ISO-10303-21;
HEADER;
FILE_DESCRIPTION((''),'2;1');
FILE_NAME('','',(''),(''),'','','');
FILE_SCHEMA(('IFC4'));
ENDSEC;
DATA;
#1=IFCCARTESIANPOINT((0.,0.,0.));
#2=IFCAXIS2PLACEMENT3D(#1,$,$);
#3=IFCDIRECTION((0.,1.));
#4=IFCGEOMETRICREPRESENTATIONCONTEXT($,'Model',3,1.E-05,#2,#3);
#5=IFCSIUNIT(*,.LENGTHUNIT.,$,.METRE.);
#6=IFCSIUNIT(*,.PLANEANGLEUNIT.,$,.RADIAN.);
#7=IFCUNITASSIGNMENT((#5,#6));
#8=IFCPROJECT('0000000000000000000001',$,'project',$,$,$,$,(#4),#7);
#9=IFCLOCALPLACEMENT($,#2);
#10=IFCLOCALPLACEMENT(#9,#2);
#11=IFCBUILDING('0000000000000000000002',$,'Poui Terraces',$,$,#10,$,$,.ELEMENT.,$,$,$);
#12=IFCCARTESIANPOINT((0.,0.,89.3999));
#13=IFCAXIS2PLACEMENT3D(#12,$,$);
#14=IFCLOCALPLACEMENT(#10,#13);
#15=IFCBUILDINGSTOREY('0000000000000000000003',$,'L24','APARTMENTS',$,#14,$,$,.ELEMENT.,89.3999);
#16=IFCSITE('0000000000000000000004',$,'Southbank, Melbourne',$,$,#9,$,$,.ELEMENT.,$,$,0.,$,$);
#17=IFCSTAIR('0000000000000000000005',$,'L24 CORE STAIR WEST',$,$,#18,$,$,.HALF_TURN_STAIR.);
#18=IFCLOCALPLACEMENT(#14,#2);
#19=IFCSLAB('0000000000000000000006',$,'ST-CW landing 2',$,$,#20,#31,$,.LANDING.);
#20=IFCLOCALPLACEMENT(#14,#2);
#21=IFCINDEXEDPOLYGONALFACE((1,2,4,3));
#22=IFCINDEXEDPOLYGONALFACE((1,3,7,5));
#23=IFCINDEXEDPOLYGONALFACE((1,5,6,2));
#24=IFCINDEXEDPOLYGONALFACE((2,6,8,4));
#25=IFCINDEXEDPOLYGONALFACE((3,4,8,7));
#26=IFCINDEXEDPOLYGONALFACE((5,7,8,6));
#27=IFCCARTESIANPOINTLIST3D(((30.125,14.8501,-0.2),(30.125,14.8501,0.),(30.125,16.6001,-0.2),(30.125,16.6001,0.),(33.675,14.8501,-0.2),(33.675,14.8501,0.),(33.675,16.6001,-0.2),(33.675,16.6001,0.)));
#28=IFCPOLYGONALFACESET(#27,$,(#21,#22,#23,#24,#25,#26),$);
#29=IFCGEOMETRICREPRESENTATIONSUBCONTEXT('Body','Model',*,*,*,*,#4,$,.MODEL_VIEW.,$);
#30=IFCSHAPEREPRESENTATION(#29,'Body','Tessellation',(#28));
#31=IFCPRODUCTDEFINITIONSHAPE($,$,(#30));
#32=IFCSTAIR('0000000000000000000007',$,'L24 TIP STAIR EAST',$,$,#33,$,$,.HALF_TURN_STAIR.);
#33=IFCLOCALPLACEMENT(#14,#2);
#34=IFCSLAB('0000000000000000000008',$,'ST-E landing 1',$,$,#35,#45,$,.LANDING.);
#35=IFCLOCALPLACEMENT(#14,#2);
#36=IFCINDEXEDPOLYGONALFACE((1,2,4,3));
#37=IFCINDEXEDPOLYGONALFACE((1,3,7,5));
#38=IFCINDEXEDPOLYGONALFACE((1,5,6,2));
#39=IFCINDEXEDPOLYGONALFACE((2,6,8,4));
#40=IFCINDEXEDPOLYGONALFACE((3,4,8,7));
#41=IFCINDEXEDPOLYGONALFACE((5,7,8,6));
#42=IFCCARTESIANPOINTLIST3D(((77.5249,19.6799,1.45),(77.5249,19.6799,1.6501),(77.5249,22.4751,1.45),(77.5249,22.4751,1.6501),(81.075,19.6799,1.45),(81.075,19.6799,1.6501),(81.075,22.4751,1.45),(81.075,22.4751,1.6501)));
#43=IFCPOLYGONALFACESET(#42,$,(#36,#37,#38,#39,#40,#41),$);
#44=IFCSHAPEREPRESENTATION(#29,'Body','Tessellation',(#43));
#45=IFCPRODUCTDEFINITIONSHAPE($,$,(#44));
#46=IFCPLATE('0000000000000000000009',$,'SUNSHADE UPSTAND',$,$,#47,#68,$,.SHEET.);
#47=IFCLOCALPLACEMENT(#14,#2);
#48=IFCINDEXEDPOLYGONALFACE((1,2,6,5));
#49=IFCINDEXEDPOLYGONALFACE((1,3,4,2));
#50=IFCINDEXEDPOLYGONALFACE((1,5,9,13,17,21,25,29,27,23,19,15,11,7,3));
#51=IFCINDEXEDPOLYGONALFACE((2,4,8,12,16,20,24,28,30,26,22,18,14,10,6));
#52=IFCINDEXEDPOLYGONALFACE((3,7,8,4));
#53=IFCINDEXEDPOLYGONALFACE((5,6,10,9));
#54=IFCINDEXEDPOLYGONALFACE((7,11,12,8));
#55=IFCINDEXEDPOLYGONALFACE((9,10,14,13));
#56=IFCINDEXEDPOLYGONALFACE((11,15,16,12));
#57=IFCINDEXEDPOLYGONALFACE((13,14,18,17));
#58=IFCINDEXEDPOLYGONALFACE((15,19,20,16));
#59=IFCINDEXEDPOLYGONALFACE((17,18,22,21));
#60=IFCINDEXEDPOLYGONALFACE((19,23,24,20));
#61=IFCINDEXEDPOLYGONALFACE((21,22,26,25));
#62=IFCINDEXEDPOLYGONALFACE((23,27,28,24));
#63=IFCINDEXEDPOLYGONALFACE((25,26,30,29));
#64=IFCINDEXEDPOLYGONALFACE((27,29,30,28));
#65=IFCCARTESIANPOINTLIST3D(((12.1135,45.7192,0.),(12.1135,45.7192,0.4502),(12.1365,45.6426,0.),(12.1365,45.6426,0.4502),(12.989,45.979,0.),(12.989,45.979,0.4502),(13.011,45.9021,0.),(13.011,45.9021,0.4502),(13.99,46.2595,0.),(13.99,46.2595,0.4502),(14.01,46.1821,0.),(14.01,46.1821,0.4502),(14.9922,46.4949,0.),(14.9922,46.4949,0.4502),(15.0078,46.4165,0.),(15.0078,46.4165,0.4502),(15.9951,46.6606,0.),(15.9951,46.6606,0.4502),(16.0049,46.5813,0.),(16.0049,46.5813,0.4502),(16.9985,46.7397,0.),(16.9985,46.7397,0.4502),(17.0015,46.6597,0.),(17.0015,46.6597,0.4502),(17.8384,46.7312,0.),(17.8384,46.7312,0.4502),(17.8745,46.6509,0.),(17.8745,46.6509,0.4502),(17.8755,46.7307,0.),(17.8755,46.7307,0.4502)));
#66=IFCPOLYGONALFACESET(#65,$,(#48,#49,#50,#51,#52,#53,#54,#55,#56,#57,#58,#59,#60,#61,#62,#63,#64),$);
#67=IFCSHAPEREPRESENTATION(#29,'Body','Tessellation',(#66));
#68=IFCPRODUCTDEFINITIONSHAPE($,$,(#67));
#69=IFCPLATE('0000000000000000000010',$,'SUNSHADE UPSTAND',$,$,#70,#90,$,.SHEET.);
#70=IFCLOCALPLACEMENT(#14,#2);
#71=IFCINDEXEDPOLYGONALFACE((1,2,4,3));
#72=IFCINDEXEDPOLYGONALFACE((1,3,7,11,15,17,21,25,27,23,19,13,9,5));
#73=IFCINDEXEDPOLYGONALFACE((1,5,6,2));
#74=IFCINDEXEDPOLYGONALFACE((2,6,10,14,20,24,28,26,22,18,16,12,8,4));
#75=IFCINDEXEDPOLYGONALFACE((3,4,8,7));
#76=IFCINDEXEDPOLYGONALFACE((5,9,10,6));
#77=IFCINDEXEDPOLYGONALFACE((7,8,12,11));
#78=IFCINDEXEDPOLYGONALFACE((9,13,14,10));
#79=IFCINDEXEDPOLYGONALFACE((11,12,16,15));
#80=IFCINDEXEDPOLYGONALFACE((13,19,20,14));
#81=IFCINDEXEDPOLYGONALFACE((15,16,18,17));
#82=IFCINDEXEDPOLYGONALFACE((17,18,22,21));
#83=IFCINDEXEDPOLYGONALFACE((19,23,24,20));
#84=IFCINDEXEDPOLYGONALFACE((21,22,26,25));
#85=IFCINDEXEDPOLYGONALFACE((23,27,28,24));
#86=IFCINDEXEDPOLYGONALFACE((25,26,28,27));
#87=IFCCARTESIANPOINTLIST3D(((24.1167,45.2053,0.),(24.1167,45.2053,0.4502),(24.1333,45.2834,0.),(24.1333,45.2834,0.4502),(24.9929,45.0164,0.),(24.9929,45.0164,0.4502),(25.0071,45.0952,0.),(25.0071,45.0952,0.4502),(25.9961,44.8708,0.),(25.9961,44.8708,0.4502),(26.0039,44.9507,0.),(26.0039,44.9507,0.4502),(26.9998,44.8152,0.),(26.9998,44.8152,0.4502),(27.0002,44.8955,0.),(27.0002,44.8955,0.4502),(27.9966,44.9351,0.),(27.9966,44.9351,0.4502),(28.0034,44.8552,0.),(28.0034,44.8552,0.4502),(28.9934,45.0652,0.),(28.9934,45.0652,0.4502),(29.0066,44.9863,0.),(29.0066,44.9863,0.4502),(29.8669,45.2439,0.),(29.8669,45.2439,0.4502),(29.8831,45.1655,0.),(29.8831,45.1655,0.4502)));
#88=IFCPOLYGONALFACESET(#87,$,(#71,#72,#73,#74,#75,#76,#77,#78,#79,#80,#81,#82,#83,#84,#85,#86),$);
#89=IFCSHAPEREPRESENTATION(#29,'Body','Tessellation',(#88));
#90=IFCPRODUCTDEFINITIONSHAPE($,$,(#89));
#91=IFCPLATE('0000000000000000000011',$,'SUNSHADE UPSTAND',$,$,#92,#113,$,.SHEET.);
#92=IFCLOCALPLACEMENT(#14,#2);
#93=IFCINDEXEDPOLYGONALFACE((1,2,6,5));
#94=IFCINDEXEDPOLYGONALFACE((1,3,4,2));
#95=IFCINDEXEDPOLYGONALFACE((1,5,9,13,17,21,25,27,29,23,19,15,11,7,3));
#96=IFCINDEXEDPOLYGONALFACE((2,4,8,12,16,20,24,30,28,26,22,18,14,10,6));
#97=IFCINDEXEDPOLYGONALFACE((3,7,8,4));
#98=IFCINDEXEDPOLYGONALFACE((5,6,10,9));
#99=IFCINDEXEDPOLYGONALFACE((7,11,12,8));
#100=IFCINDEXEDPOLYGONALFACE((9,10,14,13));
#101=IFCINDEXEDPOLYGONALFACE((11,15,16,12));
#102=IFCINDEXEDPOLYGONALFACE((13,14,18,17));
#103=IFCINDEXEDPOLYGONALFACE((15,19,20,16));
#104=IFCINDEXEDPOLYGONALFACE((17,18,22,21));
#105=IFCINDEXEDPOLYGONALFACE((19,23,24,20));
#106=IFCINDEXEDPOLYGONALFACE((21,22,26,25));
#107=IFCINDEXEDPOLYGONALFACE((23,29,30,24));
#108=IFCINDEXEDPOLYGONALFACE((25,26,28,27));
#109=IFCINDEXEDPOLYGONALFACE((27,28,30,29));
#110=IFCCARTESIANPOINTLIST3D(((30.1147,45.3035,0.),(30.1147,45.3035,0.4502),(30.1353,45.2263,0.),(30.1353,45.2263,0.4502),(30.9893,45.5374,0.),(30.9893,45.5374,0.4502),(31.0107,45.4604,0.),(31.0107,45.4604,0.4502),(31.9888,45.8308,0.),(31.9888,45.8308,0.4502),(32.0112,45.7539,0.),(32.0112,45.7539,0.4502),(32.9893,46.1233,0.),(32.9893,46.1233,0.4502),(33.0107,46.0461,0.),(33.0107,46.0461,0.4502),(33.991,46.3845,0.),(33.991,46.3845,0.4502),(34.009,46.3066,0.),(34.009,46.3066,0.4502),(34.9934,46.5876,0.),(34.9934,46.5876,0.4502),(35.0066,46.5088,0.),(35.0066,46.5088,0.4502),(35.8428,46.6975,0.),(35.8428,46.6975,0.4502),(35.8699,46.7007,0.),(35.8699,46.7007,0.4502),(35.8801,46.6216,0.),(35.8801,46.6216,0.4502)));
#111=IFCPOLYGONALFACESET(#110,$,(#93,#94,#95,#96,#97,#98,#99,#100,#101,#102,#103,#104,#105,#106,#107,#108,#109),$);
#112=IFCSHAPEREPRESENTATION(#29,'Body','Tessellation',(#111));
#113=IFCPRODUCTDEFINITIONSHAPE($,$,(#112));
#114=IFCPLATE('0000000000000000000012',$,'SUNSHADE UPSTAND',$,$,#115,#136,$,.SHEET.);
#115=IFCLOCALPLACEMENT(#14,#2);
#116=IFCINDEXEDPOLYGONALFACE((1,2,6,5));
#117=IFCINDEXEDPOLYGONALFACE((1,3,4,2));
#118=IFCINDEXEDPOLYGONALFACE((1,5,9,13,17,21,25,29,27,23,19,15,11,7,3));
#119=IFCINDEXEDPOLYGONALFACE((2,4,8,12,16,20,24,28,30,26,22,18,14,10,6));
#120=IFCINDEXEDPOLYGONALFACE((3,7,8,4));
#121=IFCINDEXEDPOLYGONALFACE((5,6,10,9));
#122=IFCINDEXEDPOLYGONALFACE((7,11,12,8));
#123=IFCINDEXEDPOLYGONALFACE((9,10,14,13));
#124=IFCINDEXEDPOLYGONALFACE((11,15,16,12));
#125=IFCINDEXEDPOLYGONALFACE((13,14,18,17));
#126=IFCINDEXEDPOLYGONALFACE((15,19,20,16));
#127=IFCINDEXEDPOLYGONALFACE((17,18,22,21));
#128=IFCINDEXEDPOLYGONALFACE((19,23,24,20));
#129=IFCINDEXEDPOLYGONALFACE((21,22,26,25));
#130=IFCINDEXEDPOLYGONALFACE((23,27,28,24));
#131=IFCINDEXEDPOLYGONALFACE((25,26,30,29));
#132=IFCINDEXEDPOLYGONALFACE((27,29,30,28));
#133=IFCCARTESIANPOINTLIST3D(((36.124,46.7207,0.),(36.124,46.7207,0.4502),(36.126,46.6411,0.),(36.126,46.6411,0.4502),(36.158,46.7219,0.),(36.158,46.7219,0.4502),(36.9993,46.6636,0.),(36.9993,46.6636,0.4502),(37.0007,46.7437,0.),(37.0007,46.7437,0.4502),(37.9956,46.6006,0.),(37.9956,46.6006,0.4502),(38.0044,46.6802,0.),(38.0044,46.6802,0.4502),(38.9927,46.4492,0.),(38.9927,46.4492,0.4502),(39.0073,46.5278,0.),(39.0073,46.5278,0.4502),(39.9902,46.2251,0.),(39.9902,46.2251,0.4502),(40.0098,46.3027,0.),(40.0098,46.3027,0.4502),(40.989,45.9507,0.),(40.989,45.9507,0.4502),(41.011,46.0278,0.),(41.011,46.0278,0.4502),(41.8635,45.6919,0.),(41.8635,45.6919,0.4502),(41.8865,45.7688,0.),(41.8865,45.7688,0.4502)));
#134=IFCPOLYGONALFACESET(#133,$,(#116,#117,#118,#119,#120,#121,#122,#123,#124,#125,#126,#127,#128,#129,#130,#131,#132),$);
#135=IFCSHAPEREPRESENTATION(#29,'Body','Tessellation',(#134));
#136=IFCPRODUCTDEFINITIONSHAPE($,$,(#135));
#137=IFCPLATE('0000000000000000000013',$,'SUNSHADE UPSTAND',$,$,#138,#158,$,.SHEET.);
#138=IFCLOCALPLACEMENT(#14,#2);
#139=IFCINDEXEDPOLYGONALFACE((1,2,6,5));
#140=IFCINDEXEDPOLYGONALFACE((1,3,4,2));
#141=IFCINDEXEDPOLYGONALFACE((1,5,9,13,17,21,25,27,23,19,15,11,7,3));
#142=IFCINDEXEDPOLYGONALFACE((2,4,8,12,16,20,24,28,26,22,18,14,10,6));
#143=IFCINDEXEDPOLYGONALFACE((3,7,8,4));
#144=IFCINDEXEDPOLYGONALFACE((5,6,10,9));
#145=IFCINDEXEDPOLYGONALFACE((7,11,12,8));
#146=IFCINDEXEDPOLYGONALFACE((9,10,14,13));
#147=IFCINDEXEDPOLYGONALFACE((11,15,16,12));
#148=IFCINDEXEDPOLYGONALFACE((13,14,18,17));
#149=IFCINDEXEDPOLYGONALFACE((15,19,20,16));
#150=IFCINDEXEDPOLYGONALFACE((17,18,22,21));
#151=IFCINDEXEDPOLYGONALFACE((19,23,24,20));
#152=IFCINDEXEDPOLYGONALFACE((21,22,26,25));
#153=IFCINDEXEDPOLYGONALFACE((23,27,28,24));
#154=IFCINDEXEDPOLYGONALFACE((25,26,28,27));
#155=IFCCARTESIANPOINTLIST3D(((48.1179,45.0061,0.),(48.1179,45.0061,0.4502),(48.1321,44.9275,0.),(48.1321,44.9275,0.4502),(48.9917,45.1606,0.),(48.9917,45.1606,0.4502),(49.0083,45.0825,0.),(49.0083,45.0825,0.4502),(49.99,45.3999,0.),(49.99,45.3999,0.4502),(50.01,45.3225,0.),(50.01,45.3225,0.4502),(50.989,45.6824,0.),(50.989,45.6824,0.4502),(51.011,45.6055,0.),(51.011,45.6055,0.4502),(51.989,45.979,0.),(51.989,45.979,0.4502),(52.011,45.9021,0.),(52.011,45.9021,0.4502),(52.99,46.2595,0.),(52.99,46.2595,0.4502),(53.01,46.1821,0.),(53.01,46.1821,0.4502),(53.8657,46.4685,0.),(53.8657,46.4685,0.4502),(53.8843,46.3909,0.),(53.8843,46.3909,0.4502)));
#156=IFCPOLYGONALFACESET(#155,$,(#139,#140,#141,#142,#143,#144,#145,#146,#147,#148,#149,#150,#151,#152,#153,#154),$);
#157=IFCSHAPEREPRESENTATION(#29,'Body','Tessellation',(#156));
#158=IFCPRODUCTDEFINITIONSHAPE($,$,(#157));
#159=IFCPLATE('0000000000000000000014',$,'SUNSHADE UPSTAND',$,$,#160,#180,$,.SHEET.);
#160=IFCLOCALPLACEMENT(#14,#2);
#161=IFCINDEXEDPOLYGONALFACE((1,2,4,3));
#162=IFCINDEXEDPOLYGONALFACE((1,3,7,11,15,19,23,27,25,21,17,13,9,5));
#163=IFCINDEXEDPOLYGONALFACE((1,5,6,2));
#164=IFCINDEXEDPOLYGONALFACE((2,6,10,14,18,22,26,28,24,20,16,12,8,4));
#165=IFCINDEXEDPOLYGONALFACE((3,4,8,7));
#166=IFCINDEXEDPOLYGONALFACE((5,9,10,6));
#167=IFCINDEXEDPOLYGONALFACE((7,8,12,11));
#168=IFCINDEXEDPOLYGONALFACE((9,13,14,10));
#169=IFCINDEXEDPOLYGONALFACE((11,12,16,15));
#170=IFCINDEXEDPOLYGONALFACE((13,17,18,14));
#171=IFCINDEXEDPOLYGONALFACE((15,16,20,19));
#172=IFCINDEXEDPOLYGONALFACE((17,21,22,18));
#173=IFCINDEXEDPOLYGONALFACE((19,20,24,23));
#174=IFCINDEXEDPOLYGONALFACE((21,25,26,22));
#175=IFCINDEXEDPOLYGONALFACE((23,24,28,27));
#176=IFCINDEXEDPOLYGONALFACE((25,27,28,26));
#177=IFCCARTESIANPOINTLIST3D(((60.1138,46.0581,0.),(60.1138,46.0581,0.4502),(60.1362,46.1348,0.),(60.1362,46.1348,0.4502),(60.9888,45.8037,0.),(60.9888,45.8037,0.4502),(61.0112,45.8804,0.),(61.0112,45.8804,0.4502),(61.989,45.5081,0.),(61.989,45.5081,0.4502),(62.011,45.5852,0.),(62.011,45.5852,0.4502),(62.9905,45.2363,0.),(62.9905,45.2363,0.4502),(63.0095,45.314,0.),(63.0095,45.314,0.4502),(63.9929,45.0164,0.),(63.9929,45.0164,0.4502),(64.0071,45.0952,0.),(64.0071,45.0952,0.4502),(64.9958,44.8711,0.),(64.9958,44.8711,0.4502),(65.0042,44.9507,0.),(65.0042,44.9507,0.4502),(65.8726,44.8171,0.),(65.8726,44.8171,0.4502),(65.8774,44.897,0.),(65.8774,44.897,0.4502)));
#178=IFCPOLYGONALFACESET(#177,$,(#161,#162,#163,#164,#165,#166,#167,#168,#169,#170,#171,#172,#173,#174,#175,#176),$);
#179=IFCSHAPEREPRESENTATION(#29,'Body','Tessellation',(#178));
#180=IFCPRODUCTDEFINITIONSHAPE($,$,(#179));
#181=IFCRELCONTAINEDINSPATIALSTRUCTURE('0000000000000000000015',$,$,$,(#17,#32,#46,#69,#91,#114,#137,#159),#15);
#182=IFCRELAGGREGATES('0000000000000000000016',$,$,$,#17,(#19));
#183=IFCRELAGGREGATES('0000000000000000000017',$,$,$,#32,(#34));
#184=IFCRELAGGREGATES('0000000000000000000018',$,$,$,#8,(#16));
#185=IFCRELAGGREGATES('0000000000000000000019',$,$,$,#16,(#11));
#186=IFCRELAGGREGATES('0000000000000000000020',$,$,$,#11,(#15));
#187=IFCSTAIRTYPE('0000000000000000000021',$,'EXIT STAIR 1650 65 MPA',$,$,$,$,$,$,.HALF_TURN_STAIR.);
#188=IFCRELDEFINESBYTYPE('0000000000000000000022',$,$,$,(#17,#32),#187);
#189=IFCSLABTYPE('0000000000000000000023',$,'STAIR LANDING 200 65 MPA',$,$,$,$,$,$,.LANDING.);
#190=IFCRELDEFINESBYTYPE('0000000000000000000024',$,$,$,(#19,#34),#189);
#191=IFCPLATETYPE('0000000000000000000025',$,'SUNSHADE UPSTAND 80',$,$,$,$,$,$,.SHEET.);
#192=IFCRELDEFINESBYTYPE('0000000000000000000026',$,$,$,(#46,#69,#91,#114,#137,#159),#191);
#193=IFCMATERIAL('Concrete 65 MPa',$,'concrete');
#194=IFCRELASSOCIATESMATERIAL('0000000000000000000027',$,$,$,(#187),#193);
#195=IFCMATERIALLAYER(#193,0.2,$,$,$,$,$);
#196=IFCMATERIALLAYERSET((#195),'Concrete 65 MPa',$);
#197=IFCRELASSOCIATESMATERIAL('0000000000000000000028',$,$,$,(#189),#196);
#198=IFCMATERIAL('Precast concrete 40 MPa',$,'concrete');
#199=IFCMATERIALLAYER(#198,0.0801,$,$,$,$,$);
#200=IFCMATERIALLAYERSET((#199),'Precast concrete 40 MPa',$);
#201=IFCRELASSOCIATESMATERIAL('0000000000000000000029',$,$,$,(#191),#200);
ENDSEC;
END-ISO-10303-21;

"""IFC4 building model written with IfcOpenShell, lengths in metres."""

from ifc_helpers import new_model, si_unit, direction, frame, origin, place, context, subcontext, project, spatial, polyline, outline, extrude, material, layer, layer_set, type_object, element, aggregate, save


model = new_model("IFC4")

# Units and contexts
model_context = context("Model", 3, precision=1e-05, world=origin(), true_north=direction((0.0, 1.0)))
body_context = subcontext(model_context, "Body", "Model", "MODEL_VIEW")
ifc_project = project(units=[si_unit("LENGTHUNIT", "METRE"), si_unit("PLANEANGLEUNIT", "RADIAN")], contexts=[model_context])

# Site, building, storey
site_placement = place(None, origin())
site = spatial("IfcSite", under=ifc_project, at=site_placement, Name="Southbank, Melbourne", CompositionType="ELEMENT", RefElevation=0.0)
building_placement = place(site_placement, origin())
building = spatial("IfcBuilding", under=site, at=building_placement, Name="Poui Terraces", CompositionType="ELEMENT")
storey_placement = place(building_placement, frame((0.0, 0.0, 89.3999)))
storey = spatial("IfcBuildingStorey", under=building, at=storey_placement, Name="L24", Description="APARTMENTS", CompositionType="ELEMENT", Elevation=89.3999)

# Shared definitions
ifc_material_1 = material(Name="Precast concrete 40 MPa", Category="concrete")

# Stair, slab
ifc_material_2 = material(Name="Concrete 65 MPa", Category="concrete")
stair_type = type_object("IfcStairType", Name="EXIT STAIR 1650 65 MPA", PredefinedType="HALF_TURN_STAIR", material=ifc_material_2)
ifc_layer_1 = layer(ifc_material_2, 0.2)
ifc_layer_set_1 = layer_set([ifc_layer_1], Name="Concrete 65 MPa")
slab_type_1 = type_object("IfcSlabType", Name="STAIR LANDING 200 65 MPA", PredefinedType="LANDING", material=ifc_layer_set_1)
stair_1_placement = place(storey_placement, origin())
stair_1 = element("IfcStair", 1, at=stair_1_placement, inside=storey, type_object=stair_type, Name="L24 CORE STAIR WEST", PredefinedType="HALF_TURN_STAIR")
slab_1_placement = place(storey_placement, frame((0.0, 0.0, -0.2)))
slab_1 = element("IfcSlab", 2, at=slab_1_placement, type_object=slab_type_1, Name="ST-CW landing 2", PredefinedType="LANDING", context=body_context, shape_type="SweptSolid", body=[
    extrude(outline(polyline([(30.125, 14.8501), (33.675, 14.8501), (33.675, 16.6001), (30.125, 16.6001), (30.125, 14.8501)])), origin(), (0.0, 0.0, 1.0), 0.2),
])
aggregate(stair_1, [slab_1])

# Stair, slab
stair_2_placement = place(storey_placement, origin())
stair_2 = element("IfcStair", 3, at=stair_2_placement, inside=storey, type_object=stair_type, Name="L24 TIP STAIR EAST", PredefinedType="HALF_TURN_STAIR")
slab_2_placement = place(storey_placement, frame((0.0, 0.0, 1.45)))
slab_2 = element("IfcSlab", 4, at=slab_2_placement, type_object=slab_type_1, Name="ST-E landing 1", PredefinedType="LANDING", context=body_context, shape_type="SweptSolid", body=[
    extrude(outline(polyline([(77.5249, 19.6799), (81.075, 19.6799), (81.075, 22.4751), (77.5249, 22.4751), (77.5249, 19.6799)])), origin(), (0.0, 0.0, 1.0), 0.2002),
])
aggregate(stair_2, [slab_2])

# Plates
ifc_layer_2 = layer(ifc_material_1, 0.0801)
ifc_layer_set_2 = layer_set([ifc_layer_2], Name="Precast concrete 40 MPa")
plate_type = type_object("IfcPlateType", Name="SUNSHADE UPSTAND 80", PredefinedType="SHEET", material=ifc_layer_set_2)
plate_1_placement = place(storey_placement, origin())
element("IfcPlate", 5, at=plate_1_placement, inside=storey, type_object=plate_type, Name="SUNSHADE UPSTAND", PredefinedType="SHEET", context=body_context, shape_type="SweptSolid", body=[
    extrude(outline(polyline([(12.989, 45.979), (12.1135, 45.7192), (12.1365, 45.6426), (13.011, 45.9021), (14.01, 46.1821), (15.0078, 46.4165), (16.0049, 46.5813), (17.0015, 46.6597), (17.8745, 46.6509), (17.8755, 46.7307), (17.8384, 46.7312), (16.9985, 46.7397), (15.9951, 46.6606), (14.9922, 46.4949), (13.99, 46.2595), (12.989, 45.979)])), origin(), (0.0, 0.0, 1.0), 0.4502),
])
plate_2_placement = place(storey_placement, origin())
element("IfcPlate", 6, at=plate_2_placement, inside=storey, type_object=plate_type, Name="SUNSHADE UPSTAND", PredefinedType="SHEET", context=body_context, shape_type="SweptSolid", body=[
    extrude(outline(polyline([(25.0071, 45.0952), (24.1333, 45.2834), (24.1167, 45.2053), (24.9929, 45.0164), (25.9961, 44.8708), (26.9998, 44.8152), (28.0034, 44.8552), (29.0066, 44.9863), (29.8831, 45.1655), (29.8669, 45.2439), (28.9934, 45.0652), (27.9966, 44.9351), (27.0002, 44.8955), (26.0039, 44.9507), (25.0071, 45.0952)])), origin(), (0.0, 0.0, 1.0), 0.4502),
])
plate_3_placement = place(storey_placement, origin())
element("IfcPlate", 7, at=plate_3_placement, inside=storey, type_object=plate_type, Name="SUNSHADE UPSTAND", PredefinedType="SHEET", context=body_context, shape_type="SweptSolid", body=[
    extrude(outline(polyline([(30.9893, 45.5374), (30.1147, 45.3035), (30.1353, 45.2263), (31.0107, 45.4604), (32.0112, 45.7539), (33.0107, 46.0461), (34.009, 46.3066), (35.0066, 46.5088), (35.8801, 46.6216), (35.8699, 46.7007), (35.8428, 46.6975), (34.9934, 46.5876), (33.991, 46.3845), (32.9893, 46.1233), (31.9888, 45.8308), (30.9893, 45.5374)])), origin(), (0.0, 0.0, 1.0), 0.4502),
])
plate_4_placement = place(storey_placement, origin())
element("IfcPlate", 8, at=plate_4_placement, inside=storey, type_object=plate_type, Name="SUNSHADE UPSTAND", PredefinedType="SHEET", context=body_context, shape_type="SweptSolid", body=[
    extrude(outline(polyline([(37.0007, 46.7437), (36.158, 46.7219), (36.124, 46.7207), (36.126, 46.6411), (36.9993, 46.6636), (37.9956, 46.6006), (38.9927, 46.4492), (39.9902, 46.2251), (40.989, 45.9507), (41.8635, 45.6919), (41.8865, 45.7688), (41.011, 46.0278), (40.0098, 46.3027), (39.0073, 46.5278), (38.0044, 46.6802), (37.0007, 46.7437)])), origin(), (0.0, 0.0, 1.0), 0.4502),
])
plate_5_placement = place(storey_placement, origin())
element("IfcPlate", 9, at=plate_5_placement, inside=storey, type_object=plate_type, Name="SUNSHADE UPSTAND", PredefinedType="SHEET", context=body_context, shape_type="SweptSolid", body=[
    extrude(outline(polyline([(48.9917, 45.1606), (48.1179, 45.0061), (48.1321, 44.9275), (49.0083, 45.0825), (50.01, 45.3225), (51.011, 45.6055), (52.011, 45.9021), (53.01, 46.1821), (53.8843, 46.3909), (53.8657, 46.4685), (52.99, 46.2595), (51.989, 45.979), (50.989, 45.6824), (49.99, 45.3999), (48.9917, 45.1606)])), origin(), (0.0, 0.0, 1.0), 0.4502),
])
plate_6_placement = place(storey_placement, origin())
element("IfcPlate", 10, at=plate_6_placement, inside=storey, type_object=plate_type, Name="SUNSHADE UPSTAND", PredefinedType="SHEET", context=body_context, shape_type="SweptSolid", body=[
    extrude(outline(polyline([(61.0112, 45.8804), (60.1362, 46.1348), (60.1138, 46.0581), (60.9888, 45.8037), (61.989, 45.5081), (62.9905, 45.2363), (63.9929, 45.0164), (64.9958, 44.8711), (65.8726, 44.8171), (65.8774, 44.897), (65.0042, 44.9507), (64.0071, 45.0952), (63.0095, 45.314), (62.011, 45.5852), (61.0112, 45.8804)])), origin(), (0.0, 0.0, 1.0), 0.4502),
])

save(model, "model.ifc")
